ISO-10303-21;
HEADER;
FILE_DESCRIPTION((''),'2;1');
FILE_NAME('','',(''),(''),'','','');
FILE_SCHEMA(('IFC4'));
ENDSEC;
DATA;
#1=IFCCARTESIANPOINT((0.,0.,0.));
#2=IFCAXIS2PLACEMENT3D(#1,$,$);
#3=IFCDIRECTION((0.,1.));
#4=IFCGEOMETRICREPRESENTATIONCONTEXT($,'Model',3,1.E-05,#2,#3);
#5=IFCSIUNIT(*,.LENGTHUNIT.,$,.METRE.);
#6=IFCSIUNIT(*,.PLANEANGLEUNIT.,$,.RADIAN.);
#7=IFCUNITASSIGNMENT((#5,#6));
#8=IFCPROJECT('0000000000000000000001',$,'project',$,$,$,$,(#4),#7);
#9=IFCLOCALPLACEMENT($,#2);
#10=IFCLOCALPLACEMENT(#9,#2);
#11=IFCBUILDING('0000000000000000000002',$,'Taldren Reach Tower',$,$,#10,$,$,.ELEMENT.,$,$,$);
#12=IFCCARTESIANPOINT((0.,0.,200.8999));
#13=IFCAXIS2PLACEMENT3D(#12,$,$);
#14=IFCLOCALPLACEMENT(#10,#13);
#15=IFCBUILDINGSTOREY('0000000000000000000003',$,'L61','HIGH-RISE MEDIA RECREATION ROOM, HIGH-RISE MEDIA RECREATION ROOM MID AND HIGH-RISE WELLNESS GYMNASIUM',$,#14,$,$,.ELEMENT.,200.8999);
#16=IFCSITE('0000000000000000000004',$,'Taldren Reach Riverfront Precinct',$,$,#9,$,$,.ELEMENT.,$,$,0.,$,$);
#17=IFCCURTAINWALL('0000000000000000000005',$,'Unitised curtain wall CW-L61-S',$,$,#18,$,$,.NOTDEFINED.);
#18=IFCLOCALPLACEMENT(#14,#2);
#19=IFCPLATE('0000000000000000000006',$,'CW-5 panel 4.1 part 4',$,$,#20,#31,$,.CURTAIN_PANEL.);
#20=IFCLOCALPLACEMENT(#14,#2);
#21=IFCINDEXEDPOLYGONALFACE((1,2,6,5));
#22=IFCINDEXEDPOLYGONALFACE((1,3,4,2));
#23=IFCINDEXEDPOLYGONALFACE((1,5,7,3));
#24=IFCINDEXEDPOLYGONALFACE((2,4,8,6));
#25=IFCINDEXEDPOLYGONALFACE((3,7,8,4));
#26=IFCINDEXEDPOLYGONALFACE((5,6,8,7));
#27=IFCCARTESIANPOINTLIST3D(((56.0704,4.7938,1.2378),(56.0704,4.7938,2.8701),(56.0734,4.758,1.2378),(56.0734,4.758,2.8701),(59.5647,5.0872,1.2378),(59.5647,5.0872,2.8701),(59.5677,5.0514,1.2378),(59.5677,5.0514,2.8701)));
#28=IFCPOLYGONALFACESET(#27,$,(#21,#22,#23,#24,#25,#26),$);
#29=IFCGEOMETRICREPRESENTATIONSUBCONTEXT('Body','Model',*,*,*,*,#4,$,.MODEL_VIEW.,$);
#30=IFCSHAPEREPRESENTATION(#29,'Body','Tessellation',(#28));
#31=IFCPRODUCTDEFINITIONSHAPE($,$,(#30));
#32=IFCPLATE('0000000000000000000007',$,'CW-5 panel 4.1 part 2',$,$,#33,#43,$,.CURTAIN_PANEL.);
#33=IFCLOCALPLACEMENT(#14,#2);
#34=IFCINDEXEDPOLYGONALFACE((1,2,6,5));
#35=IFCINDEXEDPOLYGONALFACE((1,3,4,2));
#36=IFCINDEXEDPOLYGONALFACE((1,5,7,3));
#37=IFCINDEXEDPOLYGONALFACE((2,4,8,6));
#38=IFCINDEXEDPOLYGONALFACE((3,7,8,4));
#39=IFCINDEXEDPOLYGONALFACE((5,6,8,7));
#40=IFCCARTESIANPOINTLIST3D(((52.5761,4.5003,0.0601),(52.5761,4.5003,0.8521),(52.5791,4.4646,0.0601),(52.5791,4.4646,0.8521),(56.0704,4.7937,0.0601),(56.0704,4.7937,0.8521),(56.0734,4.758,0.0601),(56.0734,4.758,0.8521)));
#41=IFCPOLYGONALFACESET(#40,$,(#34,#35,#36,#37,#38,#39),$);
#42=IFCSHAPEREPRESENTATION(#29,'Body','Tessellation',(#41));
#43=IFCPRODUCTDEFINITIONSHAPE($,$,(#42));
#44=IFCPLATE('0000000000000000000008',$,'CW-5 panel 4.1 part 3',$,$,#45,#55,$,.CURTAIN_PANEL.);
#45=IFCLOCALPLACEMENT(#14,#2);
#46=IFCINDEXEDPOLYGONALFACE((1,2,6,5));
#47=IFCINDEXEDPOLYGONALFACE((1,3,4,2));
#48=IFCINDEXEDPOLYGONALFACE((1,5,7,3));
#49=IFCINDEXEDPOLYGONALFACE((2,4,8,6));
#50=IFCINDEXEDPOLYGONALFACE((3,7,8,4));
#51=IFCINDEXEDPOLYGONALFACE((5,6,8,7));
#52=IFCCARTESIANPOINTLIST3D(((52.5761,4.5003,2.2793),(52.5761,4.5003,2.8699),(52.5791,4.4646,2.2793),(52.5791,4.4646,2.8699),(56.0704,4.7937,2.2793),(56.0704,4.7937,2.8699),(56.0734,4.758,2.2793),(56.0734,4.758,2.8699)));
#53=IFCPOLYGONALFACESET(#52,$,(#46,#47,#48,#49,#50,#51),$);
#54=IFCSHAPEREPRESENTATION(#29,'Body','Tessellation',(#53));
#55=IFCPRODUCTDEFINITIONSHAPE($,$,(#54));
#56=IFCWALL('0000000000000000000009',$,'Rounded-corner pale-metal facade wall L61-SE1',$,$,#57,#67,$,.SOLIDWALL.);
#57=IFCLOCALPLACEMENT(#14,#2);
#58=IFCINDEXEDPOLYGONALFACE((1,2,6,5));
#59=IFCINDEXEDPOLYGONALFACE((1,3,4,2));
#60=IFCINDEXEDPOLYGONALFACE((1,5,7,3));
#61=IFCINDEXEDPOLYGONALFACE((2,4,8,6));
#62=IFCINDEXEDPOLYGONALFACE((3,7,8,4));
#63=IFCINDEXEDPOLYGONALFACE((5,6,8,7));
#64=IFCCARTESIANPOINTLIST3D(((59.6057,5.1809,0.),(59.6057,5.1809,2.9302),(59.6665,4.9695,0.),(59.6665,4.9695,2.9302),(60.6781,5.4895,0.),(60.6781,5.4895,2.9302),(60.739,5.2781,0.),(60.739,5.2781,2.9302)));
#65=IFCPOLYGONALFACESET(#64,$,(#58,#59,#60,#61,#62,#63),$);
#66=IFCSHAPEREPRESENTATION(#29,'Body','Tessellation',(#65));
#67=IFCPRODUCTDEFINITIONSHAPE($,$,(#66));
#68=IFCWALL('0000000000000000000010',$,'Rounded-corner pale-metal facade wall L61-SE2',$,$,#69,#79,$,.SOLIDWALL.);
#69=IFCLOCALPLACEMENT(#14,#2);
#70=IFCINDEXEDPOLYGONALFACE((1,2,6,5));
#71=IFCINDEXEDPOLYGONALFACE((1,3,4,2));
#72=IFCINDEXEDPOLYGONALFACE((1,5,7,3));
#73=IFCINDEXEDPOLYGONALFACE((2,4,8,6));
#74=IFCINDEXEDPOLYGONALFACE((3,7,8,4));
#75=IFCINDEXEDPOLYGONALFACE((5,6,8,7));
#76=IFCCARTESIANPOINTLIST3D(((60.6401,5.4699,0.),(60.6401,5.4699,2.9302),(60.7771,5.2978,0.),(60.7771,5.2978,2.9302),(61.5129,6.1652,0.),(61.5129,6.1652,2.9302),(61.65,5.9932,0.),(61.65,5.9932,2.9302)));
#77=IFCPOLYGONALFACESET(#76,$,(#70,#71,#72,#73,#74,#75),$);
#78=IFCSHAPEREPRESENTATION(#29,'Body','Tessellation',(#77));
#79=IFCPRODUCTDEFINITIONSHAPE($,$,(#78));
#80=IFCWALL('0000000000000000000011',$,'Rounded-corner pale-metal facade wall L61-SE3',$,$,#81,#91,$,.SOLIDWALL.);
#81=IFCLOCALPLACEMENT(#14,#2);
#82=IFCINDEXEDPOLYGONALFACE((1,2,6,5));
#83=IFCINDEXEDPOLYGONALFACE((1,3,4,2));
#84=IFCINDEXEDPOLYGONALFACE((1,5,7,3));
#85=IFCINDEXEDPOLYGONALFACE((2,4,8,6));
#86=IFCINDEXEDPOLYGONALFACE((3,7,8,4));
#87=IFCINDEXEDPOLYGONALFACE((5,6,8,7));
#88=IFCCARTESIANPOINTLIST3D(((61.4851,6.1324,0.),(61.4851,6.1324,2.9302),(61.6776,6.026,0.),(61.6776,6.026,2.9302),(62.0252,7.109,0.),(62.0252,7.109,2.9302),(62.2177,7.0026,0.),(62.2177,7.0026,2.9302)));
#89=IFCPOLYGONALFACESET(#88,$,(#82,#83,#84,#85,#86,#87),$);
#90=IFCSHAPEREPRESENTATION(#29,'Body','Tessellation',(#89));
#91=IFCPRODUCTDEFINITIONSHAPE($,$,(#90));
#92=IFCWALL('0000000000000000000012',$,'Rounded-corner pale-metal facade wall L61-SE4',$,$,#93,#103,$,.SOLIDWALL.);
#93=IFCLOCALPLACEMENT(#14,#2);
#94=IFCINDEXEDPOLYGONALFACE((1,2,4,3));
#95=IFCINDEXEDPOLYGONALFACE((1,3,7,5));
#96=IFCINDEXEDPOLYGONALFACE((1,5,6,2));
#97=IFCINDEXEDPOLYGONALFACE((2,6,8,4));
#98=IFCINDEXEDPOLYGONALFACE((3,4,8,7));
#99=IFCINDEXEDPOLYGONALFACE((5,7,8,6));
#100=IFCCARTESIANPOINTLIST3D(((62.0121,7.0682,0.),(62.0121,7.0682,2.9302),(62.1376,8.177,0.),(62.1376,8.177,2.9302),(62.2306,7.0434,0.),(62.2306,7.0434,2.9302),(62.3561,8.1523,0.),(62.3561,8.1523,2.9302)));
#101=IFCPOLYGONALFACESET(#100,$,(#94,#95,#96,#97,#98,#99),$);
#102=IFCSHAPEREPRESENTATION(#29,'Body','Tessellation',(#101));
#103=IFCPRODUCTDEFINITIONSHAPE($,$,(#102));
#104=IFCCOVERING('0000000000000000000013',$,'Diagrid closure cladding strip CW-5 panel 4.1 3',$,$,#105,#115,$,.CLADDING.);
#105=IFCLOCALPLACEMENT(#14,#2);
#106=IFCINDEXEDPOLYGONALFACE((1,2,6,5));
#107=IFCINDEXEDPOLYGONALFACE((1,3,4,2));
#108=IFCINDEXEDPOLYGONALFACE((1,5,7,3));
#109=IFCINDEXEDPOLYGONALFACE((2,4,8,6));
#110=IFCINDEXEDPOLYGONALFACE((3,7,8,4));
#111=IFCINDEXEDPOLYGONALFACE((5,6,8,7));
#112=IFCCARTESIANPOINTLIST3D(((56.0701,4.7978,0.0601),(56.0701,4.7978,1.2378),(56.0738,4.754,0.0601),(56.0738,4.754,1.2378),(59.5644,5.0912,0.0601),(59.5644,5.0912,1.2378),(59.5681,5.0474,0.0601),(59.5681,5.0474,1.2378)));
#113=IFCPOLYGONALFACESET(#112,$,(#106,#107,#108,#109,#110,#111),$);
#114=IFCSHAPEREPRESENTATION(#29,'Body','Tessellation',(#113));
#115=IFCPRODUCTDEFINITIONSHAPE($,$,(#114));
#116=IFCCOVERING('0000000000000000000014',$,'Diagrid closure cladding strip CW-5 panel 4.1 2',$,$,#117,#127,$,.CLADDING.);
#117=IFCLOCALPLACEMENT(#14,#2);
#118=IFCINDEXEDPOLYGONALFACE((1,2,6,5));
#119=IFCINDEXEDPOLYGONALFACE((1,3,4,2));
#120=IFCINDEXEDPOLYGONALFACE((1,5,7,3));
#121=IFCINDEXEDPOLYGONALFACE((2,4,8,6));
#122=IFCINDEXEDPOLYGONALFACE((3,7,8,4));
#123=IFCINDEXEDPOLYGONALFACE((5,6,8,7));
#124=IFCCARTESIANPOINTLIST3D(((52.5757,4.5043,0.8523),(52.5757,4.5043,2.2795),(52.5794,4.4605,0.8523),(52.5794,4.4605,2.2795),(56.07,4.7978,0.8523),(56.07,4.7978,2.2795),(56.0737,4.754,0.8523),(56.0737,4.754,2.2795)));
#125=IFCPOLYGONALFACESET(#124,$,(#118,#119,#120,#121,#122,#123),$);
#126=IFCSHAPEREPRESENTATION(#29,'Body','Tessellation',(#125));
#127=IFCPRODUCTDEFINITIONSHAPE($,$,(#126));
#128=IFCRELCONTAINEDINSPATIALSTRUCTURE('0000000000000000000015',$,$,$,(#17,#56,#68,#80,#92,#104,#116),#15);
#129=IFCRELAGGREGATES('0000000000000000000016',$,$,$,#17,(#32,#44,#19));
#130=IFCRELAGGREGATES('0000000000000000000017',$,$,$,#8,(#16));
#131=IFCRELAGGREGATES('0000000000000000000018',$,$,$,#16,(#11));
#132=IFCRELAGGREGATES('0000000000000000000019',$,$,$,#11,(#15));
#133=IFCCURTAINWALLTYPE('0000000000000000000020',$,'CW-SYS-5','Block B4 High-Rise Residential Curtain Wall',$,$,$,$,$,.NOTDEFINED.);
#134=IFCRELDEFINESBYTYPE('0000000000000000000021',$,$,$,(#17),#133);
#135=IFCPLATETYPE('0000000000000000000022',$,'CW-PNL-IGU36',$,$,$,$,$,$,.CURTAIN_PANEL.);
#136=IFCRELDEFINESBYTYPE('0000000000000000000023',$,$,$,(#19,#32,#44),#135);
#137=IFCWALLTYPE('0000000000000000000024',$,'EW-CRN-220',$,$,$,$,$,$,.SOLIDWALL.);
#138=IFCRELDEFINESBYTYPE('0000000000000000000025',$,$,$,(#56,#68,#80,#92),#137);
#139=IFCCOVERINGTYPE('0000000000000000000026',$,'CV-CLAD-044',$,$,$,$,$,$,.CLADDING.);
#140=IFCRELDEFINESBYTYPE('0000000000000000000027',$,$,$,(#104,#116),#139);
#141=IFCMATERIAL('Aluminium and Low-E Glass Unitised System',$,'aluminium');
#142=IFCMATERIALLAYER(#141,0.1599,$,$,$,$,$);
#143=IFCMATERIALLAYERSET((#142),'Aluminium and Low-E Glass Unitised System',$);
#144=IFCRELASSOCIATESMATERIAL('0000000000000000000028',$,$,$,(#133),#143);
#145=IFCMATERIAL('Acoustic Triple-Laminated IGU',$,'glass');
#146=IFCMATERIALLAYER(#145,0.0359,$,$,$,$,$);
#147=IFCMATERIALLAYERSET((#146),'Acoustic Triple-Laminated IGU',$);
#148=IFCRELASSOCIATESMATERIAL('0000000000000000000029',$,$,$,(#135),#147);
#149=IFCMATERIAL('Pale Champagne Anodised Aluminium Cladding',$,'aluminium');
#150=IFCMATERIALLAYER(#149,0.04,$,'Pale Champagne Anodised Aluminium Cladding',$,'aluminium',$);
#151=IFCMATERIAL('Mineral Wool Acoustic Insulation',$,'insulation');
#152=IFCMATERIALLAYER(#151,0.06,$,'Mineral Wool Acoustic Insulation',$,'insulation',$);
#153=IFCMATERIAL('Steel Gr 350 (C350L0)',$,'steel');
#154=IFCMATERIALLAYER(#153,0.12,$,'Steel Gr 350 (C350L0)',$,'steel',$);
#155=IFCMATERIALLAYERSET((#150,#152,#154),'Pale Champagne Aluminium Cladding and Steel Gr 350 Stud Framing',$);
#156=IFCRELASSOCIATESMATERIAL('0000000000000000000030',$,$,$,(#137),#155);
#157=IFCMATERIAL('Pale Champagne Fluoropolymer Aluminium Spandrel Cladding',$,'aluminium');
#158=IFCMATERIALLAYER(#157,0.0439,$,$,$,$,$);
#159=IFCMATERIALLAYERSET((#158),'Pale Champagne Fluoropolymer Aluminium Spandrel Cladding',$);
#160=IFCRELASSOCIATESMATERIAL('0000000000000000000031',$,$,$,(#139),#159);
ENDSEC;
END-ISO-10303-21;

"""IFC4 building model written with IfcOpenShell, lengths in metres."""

from ifc_helpers import new_model, si_unit, direction, frame, frame_2d, origin, origin_2d, place, context, subcontext, project, spatial, rectangle, extrude, source, transform, mapped, material, layer, layer_set, type_object, element, aggregate, save


model = new_model("IFC4")

# Units and contexts
model_context = context("Model", 3, precision=1e-05, world=origin(), true_north=direction((0.0, 1.0)))
body_context = subcontext(model_context, "Body", "Model", "MODEL_VIEW")
ifc_project = project(units=[si_unit("LENGTHUNIT", "METRE"), si_unit("PLANEANGLEUNIT", "RADIAN")], contexts=[model_context])

# Site, building, storey
site_placement = place(None, origin())
site = spatial("IfcSite", under=ifc_project, at=site_placement, Name="Taldren Reach Riverfront Precinct", CompositionType="ELEMENT", RefElevation=0.0)
building_placement = place(site_placement, origin())
building = spatial("IfcBuilding", under=site, at=building_placement, Name="Taldren Reach Tower", CompositionType="ELEMENT")
storey_placement = place(building_placement, frame((0.0, 0.0, 200.8999)))
storey = spatial("IfcBuildingStorey", under=building, at=storey_placement, Name="L61", Description="HIGH-RISE MEDIA RECREATION ROOM, HIGH-RISE MEDIA RECREATION ROOM MID AND HIGH-RISE WELLNESS GYMNASIUM", CompositionType="ELEMENT", Elevation=200.8999)

# Shared definitions
ifc_material_1 = material(Name="Steel Gr 350 (C350L0)", Category="steel")

# Curtain wall
ifc_material_2 = material(Name="Aluminium and Low-E Glass Unitised System", Category="aluminium")
ifc_layer_1 = layer(ifc_material_2, 0.1599)
ifc_layer_set_1 = layer_set([ifc_layer_1], Name="Aluminium and Low-E Glass Unitised System")
curtain_wall_type = type_object("IfcCurtainWallType", Name="CW-SYS-5", Description="Block B4 High-Rise Residential Curtain Wall", PredefinedType="NOTDEFINED", material=ifc_layer_set_1)
curtain_wall_1_placement = place(storey_placement, origin())
curtain_wall_1 = element("IfcCurtainWall", 1, at=curtain_wall_1_placement, inside=storey, type_object=curtain_wall_type, Name="Unitised curtain wall CW-L61-S", PredefinedType="NOTDEFINED")

# Plates
ifc_material_3 = material(Name="Acoustic Triple-Laminated IGU", Category="glass")
ifc_layer_2 = layer(ifc_material_3, 0.0359)
ifc_layer_set_2 = layer_set([ifc_layer_2], Name="Acoustic Triple-Laminated IGU")
plate_type_1 = type_object("IfcPlateType", Name="CW-PNL-IGU36", PredefinedType="CURTAIN_PANEL", material=ifc_layer_set_2)
shared_shape_1 = source(origin(), body_context, "Body", "SweptSolid", [
    extrude(rectangle(XDim=3.5066, YDim=0.0359, at=origin_2d()), origin(), (0.0, 0.0, 1.0), 1.6323),
])
plate_1_placement = place(storey_placement, frame((57.8191, 4.9226, 1.2378), z_axis=(0.0, 0.0, 1.0), x_axis=(0.996493, 0.083678, 0.0)))
plate_1 = element("IfcPlate", 2, at=plate_1_placement, type_object=plate_type_1, Name="CW-5 panel 4.1 part 4", PredefinedType="CURTAIN_PANEL", context=body_context, shape_type="MappedRepresentation", body=[
    mapped(shared_shape_1, transform((0.0, 0.0, 0.0), scale=1.0)),
])
shared_shape_2 = source(origin(), body_context, "Body", "SweptSolid", [
    extrude(rectangle(XDim=3.5066, YDim=0.0359, at=origin_2d()), origin(), (0.0, 0.0, 1.0), 0.792),
])
plate_2_placement = place(storey_placement, frame((54.3247, 4.6292, 0.0601), z_axis=(0.0, 0.0, 1.0), x_axis=(0.996493, 0.083678, 0.0)))
plate_2 = element("IfcPlate", 3, at=plate_2_placement, type_object=plate_type_1, Name="CW-5 panel 4.1 part 2", PredefinedType="CURTAIN_PANEL", context=body_context, shape_type="MappedRepresentation", body=[
    mapped(shared_shape_2, transform((0.0, 0.0, 0.0), scale=1.0)),
])
shared_shape_3 = source(origin(), body_context, "Body", "SweptSolid", [
    extrude(rectangle(XDim=3.5066, YDim=0.0359, at=origin_2d()), origin(), (0.0, 0.0, 1.0), 0.5906),
])
plate_3_placement = place(storey_placement, frame((54.3247, 4.6292, 2.2793), z_axis=(0.0, 0.0, 1.0), x_axis=(0.996493, 0.083678, 0.0)))
plate_3 = element("IfcPlate", 4, at=plate_3_placement, type_object=plate_type_1, Name="CW-5 panel 4.1 part 3", PredefinedType="CURTAIN_PANEL", context=body_context, shape_type="MappedRepresentation", body=[
    mapped(shared_shape_3, transform((0.0, 0.0, 0.0), scale=1.0)),
])
aggregate(curtain_wall_1, [plate_2, plate_3, plate_1])

# Walls
ifc_material_4 = material(Name="Pale Champagne Anodised Aluminium Cladding", Category="aluminium")
ifc_layer_3 = layer(ifc_material_4, 0.04, Name="Pale Champagne Anodised Aluminium Cladding", Category="aluminium")
ifc_material_5 = material(Name="Mineral Wool Acoustic Insulation", Category="insulation")
ifc_layer_4 = layer(ifc_material_5, 0.06, Name="Mineral Wool Acoustic Insulation", Category="insulation")
ifc_layer_5 = layer(ifc_material_1, 0.12, Name="Steel Gr 350 (C350L0)", Category="steel")
ifc_layer_set_3 = layer_set([ifc_layer_3, ifc_layer_4, ifc_layer_5], Name="Pale Champagne Aluminium Cladding and Steel Gr 350 Stud Framing")
wall_type = type_object("IfcWallType", Name="EW-CRN-220", PredefinedType="SOLIDWALL", material=ifc_layer_set_3)
shared_shape_4 = source(origin(), body_context, "Body", "SweptSolid", [
    extrude(rectangle(XDim=1.116, YDim=0.22, at=frame_2d((0.5581, 0.0))), origin(), (0.0, 0.0, 1.0), 2.9302),
])
for number, where, z_axis, x_axis, name in (
    (5, (59.636, 5.0752, 0.0), (0.0, 0.0, 1.0), (0.96101, 0.276512, 0.0), "Rounded-corner pale-metal facade wall L61-SE1"),
    (6, (60.7085, 5.3838, 0.0), (0.0, 0.0, 1.0), (0.782148, 0.623093, 0.0), "Rounded-corner pale-metal facade wall L61-SE2"),
    (7, (61.5813, 6.0791, 0.0), (0.0, 0.0, 1.0), (0.483933, 0.875105, 0.0), "Rounded-corner pale-metal facade wall L61-SE3"),
    (8, (62.1213, 7.0557, 0.0), (0.0, 0.0, 1.0), (0.112448, 0.993658, 0.0), "Rounded-corner pale-metal facade wall L61-SE4"),
):
    element("IfcWall", number, at=place(storey_placement, frame(where, z_axis=z_axis, x_axis=x_axis)), inside=storey, type_object=wall_type, Name=name, PredefinedType="SOLIDWALL", context=body_context, shape_type="MappedRepresentation", body=[
        mapped(shared_shape_4, transform((0.0, 0.0, 0.0), scale=1.0)),
    ])

# Coverings
ifc_material_6 = material(Name="Pale Champagne Fluoropolymer Aluminium Spandrel Cladding", Category="aluminium")
ifc_layer_6 = layer(ifc_material_6, 0.0439)
ifc_layer_set_4 = layer_set([ifc_layer_6], Name="Pale Champagne Fluoropolymer Aluminium Spandrel Cladding")
covering_type = type_object("IfcCoveringType", Name="CV-CLAD-044", PredefinedType="CLADDING", material=ifc_layer_set_4)
shared_shape_5 = source(origin(), body_context, "Body", "SweptSolid", [
    extrude(rectangle(XDim=3.5066, YDim=0.0439, at=origin_2d()), origin(), (0.0, 0.0, 1.0), 1.1777),
])
covering_1_placement = place(storey_placement, frame((57.8191, 4.9226, 0.0601), z_axis=(0.0, 0.0, 1.0), x_axis=(0.996493, 0.083678, 0.0)))
element("IfcCovering", 9, at=covering_1_placement, inside=storey, type_object=covering_type, Name="Diagrid closure cladding strip CW-5 panel 4.1 3", PredefinedType="CLADDING", context=body_context, shape_type="MappedRepresentation", body=[
    mapped(shared_shape_5, transform((0.0, 0.0, 0.0), scale=1.0)),
])
shared_shape_6 = source(origin(), body_context, "Body", "SweptSolid", [
    extrude(rectangle(XDim=3.5066, YDim=0.0439, at=origin_2d()), origin(), (0.0, 0.0, 1.0), 1.4272),
])
covering_2_placement = place(storey_placement, frame((54.3247, 4.6292, 0.8523), z_axis=(0.0, 0.0, 1.0), x_axis=(0.996493, 0.083678, 0.0)))
element("IfcCovering", 10, at=covering_2_placement, inside=storey, type_object=covering_type, Name="Diagrid closure cladding strip CW-5 panel 4.1 2", PredefinedType="CLADDING", context=body_context, shape_type="MappedRepresentation", body=[
    mapped(shared_shape_6, transform((0.0, 0.0, 0.0), scale=1.0)),
])

save(model, "model.ifc")
